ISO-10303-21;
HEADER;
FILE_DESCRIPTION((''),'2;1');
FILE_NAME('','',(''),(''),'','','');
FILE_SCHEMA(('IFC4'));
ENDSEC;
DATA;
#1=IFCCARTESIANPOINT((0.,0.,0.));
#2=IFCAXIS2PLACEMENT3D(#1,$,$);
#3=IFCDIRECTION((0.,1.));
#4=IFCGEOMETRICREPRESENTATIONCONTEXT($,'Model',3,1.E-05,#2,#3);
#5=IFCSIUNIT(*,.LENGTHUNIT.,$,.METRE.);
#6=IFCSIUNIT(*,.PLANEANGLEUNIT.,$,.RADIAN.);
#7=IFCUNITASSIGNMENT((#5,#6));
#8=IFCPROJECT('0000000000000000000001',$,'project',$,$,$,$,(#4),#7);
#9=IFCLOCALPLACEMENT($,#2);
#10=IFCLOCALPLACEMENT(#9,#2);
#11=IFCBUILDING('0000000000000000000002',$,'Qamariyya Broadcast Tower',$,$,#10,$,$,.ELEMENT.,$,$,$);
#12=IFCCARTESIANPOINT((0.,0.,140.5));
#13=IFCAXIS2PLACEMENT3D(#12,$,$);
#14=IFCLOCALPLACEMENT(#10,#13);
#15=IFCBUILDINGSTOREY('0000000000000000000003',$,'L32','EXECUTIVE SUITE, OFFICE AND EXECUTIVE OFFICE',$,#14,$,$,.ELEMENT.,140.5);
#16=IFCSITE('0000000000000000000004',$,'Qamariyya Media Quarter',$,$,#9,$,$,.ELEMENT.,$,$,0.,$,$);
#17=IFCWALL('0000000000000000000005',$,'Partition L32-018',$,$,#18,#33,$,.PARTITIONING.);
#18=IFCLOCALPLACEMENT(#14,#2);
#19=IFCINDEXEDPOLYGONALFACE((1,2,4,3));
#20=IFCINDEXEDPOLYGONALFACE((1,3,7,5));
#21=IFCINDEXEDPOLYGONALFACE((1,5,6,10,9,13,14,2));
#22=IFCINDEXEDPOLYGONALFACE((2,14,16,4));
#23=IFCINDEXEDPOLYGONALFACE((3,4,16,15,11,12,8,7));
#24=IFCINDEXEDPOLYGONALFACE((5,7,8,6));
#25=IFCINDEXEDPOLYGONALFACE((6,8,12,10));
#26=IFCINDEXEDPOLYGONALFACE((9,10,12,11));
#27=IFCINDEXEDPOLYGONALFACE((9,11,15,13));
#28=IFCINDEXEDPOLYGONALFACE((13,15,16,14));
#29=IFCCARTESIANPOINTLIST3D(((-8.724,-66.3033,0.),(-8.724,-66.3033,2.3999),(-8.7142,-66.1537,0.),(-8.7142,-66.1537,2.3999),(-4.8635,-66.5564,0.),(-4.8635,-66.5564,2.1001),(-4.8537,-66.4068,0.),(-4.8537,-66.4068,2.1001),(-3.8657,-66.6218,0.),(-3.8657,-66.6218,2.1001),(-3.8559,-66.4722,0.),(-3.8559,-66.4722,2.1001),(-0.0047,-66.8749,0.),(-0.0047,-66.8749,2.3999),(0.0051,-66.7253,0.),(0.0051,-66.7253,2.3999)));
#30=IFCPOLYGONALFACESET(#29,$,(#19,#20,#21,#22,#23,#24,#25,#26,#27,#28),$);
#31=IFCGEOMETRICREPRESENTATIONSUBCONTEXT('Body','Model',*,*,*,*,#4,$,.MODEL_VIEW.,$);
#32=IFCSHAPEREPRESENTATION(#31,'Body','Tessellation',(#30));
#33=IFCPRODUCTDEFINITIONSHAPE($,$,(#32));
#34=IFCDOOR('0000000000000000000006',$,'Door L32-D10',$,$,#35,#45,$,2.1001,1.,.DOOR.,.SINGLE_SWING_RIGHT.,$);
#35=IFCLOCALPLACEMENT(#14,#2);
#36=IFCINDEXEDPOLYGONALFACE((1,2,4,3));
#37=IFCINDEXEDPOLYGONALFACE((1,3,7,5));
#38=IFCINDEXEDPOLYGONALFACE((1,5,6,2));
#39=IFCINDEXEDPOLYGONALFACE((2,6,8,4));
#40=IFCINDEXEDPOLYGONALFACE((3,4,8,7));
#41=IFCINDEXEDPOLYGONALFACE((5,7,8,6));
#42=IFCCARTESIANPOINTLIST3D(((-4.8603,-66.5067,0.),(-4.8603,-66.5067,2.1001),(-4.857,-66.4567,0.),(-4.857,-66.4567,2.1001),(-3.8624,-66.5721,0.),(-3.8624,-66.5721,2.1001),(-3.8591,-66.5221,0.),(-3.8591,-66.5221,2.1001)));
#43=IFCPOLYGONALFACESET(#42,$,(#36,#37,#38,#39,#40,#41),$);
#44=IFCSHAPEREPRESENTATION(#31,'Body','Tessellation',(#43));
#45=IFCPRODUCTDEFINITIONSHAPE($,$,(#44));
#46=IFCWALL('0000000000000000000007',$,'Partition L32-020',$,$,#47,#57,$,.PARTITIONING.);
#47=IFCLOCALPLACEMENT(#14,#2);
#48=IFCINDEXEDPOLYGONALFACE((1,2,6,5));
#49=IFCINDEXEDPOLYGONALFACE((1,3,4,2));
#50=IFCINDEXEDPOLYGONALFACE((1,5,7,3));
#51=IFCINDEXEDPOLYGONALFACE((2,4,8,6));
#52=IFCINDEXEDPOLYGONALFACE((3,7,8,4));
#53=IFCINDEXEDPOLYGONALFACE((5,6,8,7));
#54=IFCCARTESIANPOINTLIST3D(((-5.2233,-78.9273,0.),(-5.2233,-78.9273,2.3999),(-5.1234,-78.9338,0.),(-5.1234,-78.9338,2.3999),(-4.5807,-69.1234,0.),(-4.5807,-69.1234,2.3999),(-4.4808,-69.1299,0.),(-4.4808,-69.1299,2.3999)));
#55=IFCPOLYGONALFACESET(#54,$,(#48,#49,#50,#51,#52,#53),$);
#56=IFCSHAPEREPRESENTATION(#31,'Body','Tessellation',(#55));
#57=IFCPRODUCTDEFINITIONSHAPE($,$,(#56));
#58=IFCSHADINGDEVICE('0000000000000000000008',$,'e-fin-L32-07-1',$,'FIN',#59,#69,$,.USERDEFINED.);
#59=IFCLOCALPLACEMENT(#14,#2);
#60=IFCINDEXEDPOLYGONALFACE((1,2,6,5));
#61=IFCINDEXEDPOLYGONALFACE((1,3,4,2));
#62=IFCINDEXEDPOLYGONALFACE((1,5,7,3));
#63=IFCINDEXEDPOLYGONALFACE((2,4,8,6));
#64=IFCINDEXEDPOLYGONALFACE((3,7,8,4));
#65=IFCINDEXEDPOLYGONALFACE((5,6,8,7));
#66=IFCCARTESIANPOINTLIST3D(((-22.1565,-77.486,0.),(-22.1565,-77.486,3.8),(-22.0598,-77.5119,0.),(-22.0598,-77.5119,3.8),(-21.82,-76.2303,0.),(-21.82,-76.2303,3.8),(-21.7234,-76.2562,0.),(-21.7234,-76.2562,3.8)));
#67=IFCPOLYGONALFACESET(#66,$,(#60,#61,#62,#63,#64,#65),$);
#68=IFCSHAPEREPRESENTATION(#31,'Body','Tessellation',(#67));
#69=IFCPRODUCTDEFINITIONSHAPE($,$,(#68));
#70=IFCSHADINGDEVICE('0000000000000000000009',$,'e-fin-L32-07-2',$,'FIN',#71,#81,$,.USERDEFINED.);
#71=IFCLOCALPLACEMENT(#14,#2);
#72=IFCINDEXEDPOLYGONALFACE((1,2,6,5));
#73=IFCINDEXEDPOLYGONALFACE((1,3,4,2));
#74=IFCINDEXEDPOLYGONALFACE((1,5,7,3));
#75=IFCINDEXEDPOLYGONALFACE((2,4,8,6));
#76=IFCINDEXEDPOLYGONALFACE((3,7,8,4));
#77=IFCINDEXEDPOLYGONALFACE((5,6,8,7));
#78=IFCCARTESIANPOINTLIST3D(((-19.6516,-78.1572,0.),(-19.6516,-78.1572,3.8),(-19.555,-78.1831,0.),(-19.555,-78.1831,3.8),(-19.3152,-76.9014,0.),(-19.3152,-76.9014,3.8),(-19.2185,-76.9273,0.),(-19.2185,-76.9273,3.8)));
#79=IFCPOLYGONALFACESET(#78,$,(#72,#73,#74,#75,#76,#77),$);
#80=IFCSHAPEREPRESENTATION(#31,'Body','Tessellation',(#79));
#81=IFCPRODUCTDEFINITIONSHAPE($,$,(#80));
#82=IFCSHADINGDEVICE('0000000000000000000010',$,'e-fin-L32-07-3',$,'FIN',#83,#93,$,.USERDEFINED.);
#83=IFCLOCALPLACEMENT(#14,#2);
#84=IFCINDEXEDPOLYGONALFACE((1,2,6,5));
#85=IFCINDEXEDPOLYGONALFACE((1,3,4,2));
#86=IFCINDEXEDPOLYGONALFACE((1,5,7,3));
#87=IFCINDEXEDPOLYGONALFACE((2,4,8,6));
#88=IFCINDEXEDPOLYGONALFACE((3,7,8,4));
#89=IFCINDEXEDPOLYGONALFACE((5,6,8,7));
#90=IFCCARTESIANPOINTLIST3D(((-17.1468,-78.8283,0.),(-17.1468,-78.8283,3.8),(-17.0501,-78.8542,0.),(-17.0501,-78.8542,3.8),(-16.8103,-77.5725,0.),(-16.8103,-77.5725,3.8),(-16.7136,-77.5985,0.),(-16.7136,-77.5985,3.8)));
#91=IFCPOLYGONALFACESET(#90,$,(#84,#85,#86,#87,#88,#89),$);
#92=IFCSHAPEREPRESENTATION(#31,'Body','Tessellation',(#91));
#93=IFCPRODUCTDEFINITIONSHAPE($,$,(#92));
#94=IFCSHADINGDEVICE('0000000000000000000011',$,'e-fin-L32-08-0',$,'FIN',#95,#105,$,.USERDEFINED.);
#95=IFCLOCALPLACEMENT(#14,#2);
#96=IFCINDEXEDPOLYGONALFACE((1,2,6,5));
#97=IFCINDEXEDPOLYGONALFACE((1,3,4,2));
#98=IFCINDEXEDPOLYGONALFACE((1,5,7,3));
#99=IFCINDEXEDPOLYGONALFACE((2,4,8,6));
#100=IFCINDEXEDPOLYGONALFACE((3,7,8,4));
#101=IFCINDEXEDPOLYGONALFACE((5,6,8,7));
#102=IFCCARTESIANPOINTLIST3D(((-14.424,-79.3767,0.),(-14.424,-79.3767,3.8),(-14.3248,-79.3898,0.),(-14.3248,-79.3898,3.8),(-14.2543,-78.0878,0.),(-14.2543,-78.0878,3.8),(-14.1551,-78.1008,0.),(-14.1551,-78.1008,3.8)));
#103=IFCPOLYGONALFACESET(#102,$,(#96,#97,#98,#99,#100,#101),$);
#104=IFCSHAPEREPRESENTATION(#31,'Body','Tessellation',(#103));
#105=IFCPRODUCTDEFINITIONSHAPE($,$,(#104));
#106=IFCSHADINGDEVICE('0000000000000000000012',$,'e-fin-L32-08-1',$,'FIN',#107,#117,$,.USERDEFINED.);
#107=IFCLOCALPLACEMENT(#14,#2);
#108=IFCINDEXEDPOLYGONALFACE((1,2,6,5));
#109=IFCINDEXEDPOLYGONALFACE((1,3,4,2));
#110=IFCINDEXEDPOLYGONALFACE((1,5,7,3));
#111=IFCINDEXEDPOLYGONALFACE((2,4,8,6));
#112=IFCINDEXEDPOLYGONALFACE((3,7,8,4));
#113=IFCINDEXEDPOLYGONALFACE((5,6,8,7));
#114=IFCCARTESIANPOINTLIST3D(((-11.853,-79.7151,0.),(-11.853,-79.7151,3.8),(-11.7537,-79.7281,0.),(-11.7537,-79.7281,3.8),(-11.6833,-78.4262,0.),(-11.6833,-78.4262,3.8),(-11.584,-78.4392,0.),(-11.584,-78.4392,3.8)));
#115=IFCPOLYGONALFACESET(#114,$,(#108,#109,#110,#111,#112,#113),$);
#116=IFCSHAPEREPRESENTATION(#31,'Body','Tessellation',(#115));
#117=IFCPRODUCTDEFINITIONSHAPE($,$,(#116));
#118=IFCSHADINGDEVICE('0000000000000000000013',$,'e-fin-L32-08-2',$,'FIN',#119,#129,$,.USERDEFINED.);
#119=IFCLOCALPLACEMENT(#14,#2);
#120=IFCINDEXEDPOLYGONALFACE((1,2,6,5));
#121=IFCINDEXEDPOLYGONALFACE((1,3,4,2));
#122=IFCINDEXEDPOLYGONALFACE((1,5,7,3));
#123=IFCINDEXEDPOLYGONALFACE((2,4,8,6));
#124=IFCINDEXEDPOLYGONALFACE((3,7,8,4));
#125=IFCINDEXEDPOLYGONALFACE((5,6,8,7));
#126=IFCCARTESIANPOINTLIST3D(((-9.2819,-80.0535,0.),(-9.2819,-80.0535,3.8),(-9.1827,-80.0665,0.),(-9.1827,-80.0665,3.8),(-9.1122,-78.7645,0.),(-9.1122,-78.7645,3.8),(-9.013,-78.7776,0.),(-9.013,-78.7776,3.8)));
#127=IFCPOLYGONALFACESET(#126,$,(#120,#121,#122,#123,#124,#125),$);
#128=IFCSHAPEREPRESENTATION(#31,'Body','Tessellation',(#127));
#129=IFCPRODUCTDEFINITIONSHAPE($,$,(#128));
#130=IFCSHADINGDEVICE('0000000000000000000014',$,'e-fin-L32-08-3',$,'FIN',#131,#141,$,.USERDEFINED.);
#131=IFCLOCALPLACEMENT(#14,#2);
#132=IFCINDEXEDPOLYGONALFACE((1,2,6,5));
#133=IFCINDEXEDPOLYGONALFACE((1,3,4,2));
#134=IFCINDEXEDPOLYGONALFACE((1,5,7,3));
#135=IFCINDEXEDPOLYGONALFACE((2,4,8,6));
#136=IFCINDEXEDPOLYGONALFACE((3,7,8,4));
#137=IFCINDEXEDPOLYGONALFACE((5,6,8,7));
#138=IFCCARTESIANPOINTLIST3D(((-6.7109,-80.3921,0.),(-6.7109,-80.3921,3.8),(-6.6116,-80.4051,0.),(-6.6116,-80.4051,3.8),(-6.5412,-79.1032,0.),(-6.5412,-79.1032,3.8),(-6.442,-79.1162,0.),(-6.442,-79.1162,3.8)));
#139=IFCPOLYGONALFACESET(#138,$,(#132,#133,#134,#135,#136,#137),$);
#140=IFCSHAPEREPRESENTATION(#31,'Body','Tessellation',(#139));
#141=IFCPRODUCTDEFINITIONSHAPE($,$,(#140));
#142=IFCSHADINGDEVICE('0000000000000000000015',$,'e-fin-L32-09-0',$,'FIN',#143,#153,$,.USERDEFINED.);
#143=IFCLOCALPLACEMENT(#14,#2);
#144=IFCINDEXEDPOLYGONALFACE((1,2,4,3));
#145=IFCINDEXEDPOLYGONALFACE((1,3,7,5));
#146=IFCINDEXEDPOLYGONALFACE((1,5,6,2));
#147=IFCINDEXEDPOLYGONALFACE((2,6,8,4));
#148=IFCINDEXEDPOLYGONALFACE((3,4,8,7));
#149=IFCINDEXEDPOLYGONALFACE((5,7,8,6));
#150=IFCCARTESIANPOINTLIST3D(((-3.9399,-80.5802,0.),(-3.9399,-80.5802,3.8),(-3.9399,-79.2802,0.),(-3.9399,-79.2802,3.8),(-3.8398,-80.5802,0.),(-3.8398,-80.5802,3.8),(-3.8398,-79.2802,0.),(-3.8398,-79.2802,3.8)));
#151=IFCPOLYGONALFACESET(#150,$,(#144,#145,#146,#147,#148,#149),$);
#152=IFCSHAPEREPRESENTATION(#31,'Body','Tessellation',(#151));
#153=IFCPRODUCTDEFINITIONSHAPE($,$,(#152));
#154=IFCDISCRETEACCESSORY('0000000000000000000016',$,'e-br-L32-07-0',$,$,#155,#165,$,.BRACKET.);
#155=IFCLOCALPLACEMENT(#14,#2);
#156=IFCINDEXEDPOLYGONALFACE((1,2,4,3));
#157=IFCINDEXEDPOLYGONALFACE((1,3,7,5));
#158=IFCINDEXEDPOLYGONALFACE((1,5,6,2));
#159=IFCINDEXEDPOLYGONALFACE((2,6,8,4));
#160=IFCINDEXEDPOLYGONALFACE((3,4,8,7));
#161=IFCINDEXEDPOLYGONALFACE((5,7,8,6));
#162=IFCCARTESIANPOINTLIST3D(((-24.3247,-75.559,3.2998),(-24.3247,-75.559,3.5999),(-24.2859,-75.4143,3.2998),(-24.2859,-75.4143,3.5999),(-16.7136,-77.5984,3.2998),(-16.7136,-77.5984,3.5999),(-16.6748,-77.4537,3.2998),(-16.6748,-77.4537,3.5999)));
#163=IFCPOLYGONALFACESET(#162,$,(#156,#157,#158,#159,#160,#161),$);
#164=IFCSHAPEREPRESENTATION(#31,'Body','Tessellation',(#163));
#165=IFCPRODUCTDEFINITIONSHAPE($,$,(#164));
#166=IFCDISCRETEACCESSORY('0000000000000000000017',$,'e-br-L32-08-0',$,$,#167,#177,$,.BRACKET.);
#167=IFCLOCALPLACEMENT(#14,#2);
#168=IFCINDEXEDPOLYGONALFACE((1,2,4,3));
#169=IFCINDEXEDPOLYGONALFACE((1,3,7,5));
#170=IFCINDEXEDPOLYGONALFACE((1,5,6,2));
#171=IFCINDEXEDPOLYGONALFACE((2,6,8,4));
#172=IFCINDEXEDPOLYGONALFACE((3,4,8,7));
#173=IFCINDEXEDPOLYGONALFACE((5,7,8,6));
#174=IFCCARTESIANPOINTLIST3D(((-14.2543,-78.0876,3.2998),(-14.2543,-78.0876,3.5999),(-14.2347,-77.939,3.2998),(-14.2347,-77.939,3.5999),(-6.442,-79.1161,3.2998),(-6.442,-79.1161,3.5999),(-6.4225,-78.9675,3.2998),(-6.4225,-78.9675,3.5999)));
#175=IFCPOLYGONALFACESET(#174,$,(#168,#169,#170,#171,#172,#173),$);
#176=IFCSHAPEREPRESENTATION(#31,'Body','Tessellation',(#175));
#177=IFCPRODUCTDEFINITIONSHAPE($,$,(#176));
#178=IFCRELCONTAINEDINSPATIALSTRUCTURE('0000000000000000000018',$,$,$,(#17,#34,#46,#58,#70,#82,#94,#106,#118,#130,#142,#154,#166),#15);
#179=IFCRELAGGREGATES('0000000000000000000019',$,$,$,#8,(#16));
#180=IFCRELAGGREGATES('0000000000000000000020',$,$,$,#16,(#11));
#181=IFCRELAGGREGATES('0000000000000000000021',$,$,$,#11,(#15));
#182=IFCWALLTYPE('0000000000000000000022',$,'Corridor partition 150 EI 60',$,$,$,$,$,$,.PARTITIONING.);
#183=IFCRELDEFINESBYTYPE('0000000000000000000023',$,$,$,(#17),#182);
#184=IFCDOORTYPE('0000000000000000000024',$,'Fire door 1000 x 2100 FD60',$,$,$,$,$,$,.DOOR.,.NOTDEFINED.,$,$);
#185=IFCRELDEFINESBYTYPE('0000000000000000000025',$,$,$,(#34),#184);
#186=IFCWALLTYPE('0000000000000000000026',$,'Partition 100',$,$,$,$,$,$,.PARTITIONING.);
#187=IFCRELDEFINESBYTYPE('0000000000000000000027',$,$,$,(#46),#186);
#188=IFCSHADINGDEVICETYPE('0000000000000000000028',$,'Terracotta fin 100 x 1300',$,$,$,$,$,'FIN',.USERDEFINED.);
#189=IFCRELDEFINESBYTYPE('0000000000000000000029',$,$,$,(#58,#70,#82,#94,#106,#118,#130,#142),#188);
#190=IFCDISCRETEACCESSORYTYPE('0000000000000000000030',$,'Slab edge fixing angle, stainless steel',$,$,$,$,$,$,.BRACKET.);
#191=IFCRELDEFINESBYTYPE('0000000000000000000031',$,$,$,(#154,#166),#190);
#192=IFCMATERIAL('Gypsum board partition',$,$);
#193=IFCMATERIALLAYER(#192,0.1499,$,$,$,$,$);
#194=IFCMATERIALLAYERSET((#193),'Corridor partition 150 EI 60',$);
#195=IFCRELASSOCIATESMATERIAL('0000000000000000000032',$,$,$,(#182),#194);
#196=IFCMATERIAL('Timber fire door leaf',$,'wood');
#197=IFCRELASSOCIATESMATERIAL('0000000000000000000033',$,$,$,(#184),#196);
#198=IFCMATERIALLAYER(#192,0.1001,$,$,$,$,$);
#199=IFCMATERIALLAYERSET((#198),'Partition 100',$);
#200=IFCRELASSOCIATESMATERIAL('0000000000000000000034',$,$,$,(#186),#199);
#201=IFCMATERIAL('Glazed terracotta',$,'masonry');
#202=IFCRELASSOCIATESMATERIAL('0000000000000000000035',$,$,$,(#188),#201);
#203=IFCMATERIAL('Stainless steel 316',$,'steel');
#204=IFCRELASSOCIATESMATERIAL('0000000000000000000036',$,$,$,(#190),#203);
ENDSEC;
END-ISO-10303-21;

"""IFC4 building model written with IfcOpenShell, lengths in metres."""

from ifc_helpers import new_model, si_unit, direction, frame, frame_2d, origin, origin_2d, place, context, subcontext, project, spatial, rectangle, extrude, material, layer, layer_set, material_profile, profile_set, type_object, element, fill, save


model = new_model("IFC4")

# Units and contexts
model_context = context("Model", 3, precision=1e-05, world=origin(), true_north=direction((0.0, 1.0)))
body_context = subcontext(model_context, "Body", "Model", "MODEL_VIEW")
ifc_project = project(units=[si_unit("LENGTHUNIT", "METRE"), si_unit("PLANEANGLEUNIT", "RADIAN")], contexts=[model_context])

# Site, building, storey
site_placement = place(None, origin())
site = spatial("IfcSite", under=ifc_project, at=site_placement, Name="Qamariyya Media Quarter", CompositionType="ELEMENT", RefElevation=0.0)
building_placement = place(site_placement, origin())
building = spatial("IfcBuilding", under=site, at=building_placement, Name="Qamariyya Broadcast Tower", CompositionType="ELEMENT")
storey_placement = place(building_placement, frame((0.0, 0.0, 140.5)))
storey = spatial("IfcBuildingStorey", under=building, at=storey_placement, Name="L32", Description="EXECUTIVE SUITE, OFFICE AND EXECUTIVE OFFICE", CompositionType="ELEMENT", Elevation=140.5)

# Wall, opening, door
ifc_material_1 = material(Name="Gypsum board partition")
ifc_layer_1 = layer(ifc_material_1, 0.1499)
ifc_layer_set_1 = layer_set([ifc_layer_1], Name="Corridor partition 150 EI 60")
wall_type_1 = type_object("IfcWallType", Name="Corridor partition 150 EI 60", PredefinedType="PARTITIONING", material=ifc_layer_set_1)
ifc_material_2 = material(Name="Timber fire door leaf", Category="wood")
door_type_1 = type_object("IfcDoorType", Name="Fire door 1000 x 2100 FD60", OperationType="NOTDEFINED", PredefinedType="DOOR", material=ifc_material_2)
wall_1_placement = place(storey_placement, frame((-8.7192, -66.2285, 0.0), z_axis=(0.0, 0.0, 1.0), x_axis=(0.997859, -0.065408, 0.0)))
wall_1 = element("IfcWall", 1, at=wall_1_placement, inside=storey, type_object=wall_type_1, Name="Partition L32-018", PredefinedType="PARTITIONING", context=body_context, shape_type="SweptSolid", body=[
    extrude(rectangle(XDim=8.738, YDim=0.1499, at=frame_2d((4.3691, 0.0))), origin(), (0.0, 0.0, 1.0), 2.3999),
])
opening_1_placement = place(wall_1_placement, frame((3.8689, 0.0, 0.0)))
opening_1 = element("IfcOpeningElement", 2, at=opening_1_placement, cuts=wall_1, PredefinedType="OPENING", context=body_context, shape_type="SweptSolid", body=[
    extrude(rectangle(XDim=1.0, YDim=2.1001, at=frame_2d((0.5, 1.05))), frame((0.0, 0.085, 0.0), z_axis=(0.0, -1.0, 0.0), x_axis=(1.0, 0.0, 0.0)), (0.0, 0.0, 1.0), 0.1699),
])
door_1_placement = place(opening_1_placement, origin())
door_1 = element("IfcDoor", 3, at=door_1_placement, inside=storey, type_object=door_type_1, Name="Door L32-D10", OperationType="SINGLE_SWING_RIGHT", OverallHeight=2.1001, OverallWidth=1.0, PredefinedType="DOOR", context=body_context, shape_type="SweptSolid", body=[
    extrude(rectangle(XDim=1.0, YDim=2.1001, at=frame_2d((0.5, 1.05))), frame((0.0, 0.0249, 0.0), z_axis=(0.0, -1.0, 0.0), x_axis=(1.0, 0.0, 0.0)), (0.0, 0.0, 1.0), 0.05),
])
fill(opening_1, door_1)

# Wall
ifc_layer_2 = layer(ifc_material_1, 0.1001)
ifc_layer_set_2 = layer_set([ifc_layer_2], Name="Partition 100")
wall_type_2 = type_object("IfcWallType", Name="Partition 100", PredefinedType="PARTITIONING", material=ifc_layer_set_2)
wall_2_placement = place(storey_placement, frame((-5.1733, -78.9307, 0.0), z_axis=(0.0, 0.0, 1.0), x_axis=(0.065402, 0.997859, 0.0)))
element("IfcWall", 4, at=wall_2_placement, inside=storey, type_object=wall_type_2, Name="Partition L32-020", PredefinedType="PARTITIONING", context=body_context, shape_type="SweptSolid", body=[
    extrude(rectangle(XDim=9.825, YDim=0.1001, at=frame_2d((4.9126, 0.0))), origin(), (0.0, 0.0, 1.0), 2.3999),
])

# Shading devices
ifc_material_3 = material(Name="Glazed terracotta", Category="masonry")
ifc_material_profile_1 = material_profile(ifc_material_3, rectangle(XDim=1.3, YDim=0.1001, at=origin_2d()))
ifc_profile_set_1 = profile_set([ifc_material_profile_1], Name="Glazed terracotta")
shading_device_type_1 = type_object("IfcShadingDeviceType", Name="Terracotta fin 100 x 1300", ElementType="FIN", PredefinedType="USERDEFINED", material=ifc_profile_set_1)
for number, where, z_axis, x_axis, name in (
    (5, (-21.9399, -76.8711, 0.0), (0.0, 0.0, 1.0), (-0.258819, -0.965926, 0.0), "e-fin-L32-07-1"),
    (6, (-19.4351, -77.5422, 0.0), (0.0, 0.0, 1.0), (-0.258819, -0.965926, 0.0), "e-fin-L32-07-2"),
    (7, (-16.9302, -78.2134, 0.0), (0.0, 0.0, 1.0), (-0.258819, -0.965926, 0.0), "e-fin-L32-07-3"),
    (8, (-14.2896, -78.7388, 0.0), (0.0, 0.0, 1.0), (-0.130526, -0.991445, 0.0), "e-fin-L32-08-0"),
    (9, (-11.7185, -79.0771, 0.0), (0.0, 0.0, 1.0), (-0.130526, -0.991445, 0.0), "e-fin-L32-08-1"),
    (10, (-9.1475, -79.4155, 0.0), (0.0, 0.0, 1.0), (-0.130526, -0.991445, 0.0), "e-fin-L32-08-2"),
    (11, (-6.5764, -79.7542, 0.0), (0.0, 0.0, 1.0), (-0.130526, -0.991445, 0.0), "e-fin-L32-08-3"),
    (12, (-3.8899, -79.9302, 0.0), (0.0, 0.0, 1.0), (0.0, -1.0, 0.0), "e-fin-L32-09-0"),
):
    element("IfcShadingDevice", number, at=place(storey_placement, frame(where, z_axis=z_axis, x_axis=x_axis)), inside=storey, type_object=shading_device_type_1, Name=name, ObjectType="FIN", PredefinedType="USERDEFINED", context=body_context, shape_type="SweptSolid", body=[
        extrude(rectangle(XDim=1.3, YDim=0.1001, at=origin_2d()), origin(), (0.0, 0.0, 1.0), 3.8),
    ])

# Discrete accessories
ifc_material_4 = material(Name="Stainless steel 316", Category="steel")
discrete_accessory_type = type_object("IfcDiscreteAccessoryType", Name="Slab edge fixing angle, stainless steel", PredefinedType="BRACKET", material=ifc_material_4)
for number, where, z_axis, x_axis, name in (
    (13, (-20.4998, -76.5063, 3.2998), (0.0, 0.0, 1.0), (0.965926, -0.258819, 0.0), "e-br-L32-07-0"),
    (14, (-10.3384, -78.5276, 3.2998), (0.0, 0.0, 1.0), (0.991445, -0.130526, 0.0), "e-br-L32-08-0"),
):
    element("IfcDiscreteAccessory", number, at=place(storey_placement, frame(where, z_axis=z_axis, x_axis=x_axis)), inside=storey, type_object=discrete_accessory_type, Name=name, PredefinedType="BRACKET", context=body_context, shape_type="SweptSolid", body=[
        extrude(rectangle(XDim=7.8796, YDim=0.1499, at=origin_2d()), origin(), (0.0, 0.0, 1.0), 0.3),
    ])

save(model, "model.ifc")
